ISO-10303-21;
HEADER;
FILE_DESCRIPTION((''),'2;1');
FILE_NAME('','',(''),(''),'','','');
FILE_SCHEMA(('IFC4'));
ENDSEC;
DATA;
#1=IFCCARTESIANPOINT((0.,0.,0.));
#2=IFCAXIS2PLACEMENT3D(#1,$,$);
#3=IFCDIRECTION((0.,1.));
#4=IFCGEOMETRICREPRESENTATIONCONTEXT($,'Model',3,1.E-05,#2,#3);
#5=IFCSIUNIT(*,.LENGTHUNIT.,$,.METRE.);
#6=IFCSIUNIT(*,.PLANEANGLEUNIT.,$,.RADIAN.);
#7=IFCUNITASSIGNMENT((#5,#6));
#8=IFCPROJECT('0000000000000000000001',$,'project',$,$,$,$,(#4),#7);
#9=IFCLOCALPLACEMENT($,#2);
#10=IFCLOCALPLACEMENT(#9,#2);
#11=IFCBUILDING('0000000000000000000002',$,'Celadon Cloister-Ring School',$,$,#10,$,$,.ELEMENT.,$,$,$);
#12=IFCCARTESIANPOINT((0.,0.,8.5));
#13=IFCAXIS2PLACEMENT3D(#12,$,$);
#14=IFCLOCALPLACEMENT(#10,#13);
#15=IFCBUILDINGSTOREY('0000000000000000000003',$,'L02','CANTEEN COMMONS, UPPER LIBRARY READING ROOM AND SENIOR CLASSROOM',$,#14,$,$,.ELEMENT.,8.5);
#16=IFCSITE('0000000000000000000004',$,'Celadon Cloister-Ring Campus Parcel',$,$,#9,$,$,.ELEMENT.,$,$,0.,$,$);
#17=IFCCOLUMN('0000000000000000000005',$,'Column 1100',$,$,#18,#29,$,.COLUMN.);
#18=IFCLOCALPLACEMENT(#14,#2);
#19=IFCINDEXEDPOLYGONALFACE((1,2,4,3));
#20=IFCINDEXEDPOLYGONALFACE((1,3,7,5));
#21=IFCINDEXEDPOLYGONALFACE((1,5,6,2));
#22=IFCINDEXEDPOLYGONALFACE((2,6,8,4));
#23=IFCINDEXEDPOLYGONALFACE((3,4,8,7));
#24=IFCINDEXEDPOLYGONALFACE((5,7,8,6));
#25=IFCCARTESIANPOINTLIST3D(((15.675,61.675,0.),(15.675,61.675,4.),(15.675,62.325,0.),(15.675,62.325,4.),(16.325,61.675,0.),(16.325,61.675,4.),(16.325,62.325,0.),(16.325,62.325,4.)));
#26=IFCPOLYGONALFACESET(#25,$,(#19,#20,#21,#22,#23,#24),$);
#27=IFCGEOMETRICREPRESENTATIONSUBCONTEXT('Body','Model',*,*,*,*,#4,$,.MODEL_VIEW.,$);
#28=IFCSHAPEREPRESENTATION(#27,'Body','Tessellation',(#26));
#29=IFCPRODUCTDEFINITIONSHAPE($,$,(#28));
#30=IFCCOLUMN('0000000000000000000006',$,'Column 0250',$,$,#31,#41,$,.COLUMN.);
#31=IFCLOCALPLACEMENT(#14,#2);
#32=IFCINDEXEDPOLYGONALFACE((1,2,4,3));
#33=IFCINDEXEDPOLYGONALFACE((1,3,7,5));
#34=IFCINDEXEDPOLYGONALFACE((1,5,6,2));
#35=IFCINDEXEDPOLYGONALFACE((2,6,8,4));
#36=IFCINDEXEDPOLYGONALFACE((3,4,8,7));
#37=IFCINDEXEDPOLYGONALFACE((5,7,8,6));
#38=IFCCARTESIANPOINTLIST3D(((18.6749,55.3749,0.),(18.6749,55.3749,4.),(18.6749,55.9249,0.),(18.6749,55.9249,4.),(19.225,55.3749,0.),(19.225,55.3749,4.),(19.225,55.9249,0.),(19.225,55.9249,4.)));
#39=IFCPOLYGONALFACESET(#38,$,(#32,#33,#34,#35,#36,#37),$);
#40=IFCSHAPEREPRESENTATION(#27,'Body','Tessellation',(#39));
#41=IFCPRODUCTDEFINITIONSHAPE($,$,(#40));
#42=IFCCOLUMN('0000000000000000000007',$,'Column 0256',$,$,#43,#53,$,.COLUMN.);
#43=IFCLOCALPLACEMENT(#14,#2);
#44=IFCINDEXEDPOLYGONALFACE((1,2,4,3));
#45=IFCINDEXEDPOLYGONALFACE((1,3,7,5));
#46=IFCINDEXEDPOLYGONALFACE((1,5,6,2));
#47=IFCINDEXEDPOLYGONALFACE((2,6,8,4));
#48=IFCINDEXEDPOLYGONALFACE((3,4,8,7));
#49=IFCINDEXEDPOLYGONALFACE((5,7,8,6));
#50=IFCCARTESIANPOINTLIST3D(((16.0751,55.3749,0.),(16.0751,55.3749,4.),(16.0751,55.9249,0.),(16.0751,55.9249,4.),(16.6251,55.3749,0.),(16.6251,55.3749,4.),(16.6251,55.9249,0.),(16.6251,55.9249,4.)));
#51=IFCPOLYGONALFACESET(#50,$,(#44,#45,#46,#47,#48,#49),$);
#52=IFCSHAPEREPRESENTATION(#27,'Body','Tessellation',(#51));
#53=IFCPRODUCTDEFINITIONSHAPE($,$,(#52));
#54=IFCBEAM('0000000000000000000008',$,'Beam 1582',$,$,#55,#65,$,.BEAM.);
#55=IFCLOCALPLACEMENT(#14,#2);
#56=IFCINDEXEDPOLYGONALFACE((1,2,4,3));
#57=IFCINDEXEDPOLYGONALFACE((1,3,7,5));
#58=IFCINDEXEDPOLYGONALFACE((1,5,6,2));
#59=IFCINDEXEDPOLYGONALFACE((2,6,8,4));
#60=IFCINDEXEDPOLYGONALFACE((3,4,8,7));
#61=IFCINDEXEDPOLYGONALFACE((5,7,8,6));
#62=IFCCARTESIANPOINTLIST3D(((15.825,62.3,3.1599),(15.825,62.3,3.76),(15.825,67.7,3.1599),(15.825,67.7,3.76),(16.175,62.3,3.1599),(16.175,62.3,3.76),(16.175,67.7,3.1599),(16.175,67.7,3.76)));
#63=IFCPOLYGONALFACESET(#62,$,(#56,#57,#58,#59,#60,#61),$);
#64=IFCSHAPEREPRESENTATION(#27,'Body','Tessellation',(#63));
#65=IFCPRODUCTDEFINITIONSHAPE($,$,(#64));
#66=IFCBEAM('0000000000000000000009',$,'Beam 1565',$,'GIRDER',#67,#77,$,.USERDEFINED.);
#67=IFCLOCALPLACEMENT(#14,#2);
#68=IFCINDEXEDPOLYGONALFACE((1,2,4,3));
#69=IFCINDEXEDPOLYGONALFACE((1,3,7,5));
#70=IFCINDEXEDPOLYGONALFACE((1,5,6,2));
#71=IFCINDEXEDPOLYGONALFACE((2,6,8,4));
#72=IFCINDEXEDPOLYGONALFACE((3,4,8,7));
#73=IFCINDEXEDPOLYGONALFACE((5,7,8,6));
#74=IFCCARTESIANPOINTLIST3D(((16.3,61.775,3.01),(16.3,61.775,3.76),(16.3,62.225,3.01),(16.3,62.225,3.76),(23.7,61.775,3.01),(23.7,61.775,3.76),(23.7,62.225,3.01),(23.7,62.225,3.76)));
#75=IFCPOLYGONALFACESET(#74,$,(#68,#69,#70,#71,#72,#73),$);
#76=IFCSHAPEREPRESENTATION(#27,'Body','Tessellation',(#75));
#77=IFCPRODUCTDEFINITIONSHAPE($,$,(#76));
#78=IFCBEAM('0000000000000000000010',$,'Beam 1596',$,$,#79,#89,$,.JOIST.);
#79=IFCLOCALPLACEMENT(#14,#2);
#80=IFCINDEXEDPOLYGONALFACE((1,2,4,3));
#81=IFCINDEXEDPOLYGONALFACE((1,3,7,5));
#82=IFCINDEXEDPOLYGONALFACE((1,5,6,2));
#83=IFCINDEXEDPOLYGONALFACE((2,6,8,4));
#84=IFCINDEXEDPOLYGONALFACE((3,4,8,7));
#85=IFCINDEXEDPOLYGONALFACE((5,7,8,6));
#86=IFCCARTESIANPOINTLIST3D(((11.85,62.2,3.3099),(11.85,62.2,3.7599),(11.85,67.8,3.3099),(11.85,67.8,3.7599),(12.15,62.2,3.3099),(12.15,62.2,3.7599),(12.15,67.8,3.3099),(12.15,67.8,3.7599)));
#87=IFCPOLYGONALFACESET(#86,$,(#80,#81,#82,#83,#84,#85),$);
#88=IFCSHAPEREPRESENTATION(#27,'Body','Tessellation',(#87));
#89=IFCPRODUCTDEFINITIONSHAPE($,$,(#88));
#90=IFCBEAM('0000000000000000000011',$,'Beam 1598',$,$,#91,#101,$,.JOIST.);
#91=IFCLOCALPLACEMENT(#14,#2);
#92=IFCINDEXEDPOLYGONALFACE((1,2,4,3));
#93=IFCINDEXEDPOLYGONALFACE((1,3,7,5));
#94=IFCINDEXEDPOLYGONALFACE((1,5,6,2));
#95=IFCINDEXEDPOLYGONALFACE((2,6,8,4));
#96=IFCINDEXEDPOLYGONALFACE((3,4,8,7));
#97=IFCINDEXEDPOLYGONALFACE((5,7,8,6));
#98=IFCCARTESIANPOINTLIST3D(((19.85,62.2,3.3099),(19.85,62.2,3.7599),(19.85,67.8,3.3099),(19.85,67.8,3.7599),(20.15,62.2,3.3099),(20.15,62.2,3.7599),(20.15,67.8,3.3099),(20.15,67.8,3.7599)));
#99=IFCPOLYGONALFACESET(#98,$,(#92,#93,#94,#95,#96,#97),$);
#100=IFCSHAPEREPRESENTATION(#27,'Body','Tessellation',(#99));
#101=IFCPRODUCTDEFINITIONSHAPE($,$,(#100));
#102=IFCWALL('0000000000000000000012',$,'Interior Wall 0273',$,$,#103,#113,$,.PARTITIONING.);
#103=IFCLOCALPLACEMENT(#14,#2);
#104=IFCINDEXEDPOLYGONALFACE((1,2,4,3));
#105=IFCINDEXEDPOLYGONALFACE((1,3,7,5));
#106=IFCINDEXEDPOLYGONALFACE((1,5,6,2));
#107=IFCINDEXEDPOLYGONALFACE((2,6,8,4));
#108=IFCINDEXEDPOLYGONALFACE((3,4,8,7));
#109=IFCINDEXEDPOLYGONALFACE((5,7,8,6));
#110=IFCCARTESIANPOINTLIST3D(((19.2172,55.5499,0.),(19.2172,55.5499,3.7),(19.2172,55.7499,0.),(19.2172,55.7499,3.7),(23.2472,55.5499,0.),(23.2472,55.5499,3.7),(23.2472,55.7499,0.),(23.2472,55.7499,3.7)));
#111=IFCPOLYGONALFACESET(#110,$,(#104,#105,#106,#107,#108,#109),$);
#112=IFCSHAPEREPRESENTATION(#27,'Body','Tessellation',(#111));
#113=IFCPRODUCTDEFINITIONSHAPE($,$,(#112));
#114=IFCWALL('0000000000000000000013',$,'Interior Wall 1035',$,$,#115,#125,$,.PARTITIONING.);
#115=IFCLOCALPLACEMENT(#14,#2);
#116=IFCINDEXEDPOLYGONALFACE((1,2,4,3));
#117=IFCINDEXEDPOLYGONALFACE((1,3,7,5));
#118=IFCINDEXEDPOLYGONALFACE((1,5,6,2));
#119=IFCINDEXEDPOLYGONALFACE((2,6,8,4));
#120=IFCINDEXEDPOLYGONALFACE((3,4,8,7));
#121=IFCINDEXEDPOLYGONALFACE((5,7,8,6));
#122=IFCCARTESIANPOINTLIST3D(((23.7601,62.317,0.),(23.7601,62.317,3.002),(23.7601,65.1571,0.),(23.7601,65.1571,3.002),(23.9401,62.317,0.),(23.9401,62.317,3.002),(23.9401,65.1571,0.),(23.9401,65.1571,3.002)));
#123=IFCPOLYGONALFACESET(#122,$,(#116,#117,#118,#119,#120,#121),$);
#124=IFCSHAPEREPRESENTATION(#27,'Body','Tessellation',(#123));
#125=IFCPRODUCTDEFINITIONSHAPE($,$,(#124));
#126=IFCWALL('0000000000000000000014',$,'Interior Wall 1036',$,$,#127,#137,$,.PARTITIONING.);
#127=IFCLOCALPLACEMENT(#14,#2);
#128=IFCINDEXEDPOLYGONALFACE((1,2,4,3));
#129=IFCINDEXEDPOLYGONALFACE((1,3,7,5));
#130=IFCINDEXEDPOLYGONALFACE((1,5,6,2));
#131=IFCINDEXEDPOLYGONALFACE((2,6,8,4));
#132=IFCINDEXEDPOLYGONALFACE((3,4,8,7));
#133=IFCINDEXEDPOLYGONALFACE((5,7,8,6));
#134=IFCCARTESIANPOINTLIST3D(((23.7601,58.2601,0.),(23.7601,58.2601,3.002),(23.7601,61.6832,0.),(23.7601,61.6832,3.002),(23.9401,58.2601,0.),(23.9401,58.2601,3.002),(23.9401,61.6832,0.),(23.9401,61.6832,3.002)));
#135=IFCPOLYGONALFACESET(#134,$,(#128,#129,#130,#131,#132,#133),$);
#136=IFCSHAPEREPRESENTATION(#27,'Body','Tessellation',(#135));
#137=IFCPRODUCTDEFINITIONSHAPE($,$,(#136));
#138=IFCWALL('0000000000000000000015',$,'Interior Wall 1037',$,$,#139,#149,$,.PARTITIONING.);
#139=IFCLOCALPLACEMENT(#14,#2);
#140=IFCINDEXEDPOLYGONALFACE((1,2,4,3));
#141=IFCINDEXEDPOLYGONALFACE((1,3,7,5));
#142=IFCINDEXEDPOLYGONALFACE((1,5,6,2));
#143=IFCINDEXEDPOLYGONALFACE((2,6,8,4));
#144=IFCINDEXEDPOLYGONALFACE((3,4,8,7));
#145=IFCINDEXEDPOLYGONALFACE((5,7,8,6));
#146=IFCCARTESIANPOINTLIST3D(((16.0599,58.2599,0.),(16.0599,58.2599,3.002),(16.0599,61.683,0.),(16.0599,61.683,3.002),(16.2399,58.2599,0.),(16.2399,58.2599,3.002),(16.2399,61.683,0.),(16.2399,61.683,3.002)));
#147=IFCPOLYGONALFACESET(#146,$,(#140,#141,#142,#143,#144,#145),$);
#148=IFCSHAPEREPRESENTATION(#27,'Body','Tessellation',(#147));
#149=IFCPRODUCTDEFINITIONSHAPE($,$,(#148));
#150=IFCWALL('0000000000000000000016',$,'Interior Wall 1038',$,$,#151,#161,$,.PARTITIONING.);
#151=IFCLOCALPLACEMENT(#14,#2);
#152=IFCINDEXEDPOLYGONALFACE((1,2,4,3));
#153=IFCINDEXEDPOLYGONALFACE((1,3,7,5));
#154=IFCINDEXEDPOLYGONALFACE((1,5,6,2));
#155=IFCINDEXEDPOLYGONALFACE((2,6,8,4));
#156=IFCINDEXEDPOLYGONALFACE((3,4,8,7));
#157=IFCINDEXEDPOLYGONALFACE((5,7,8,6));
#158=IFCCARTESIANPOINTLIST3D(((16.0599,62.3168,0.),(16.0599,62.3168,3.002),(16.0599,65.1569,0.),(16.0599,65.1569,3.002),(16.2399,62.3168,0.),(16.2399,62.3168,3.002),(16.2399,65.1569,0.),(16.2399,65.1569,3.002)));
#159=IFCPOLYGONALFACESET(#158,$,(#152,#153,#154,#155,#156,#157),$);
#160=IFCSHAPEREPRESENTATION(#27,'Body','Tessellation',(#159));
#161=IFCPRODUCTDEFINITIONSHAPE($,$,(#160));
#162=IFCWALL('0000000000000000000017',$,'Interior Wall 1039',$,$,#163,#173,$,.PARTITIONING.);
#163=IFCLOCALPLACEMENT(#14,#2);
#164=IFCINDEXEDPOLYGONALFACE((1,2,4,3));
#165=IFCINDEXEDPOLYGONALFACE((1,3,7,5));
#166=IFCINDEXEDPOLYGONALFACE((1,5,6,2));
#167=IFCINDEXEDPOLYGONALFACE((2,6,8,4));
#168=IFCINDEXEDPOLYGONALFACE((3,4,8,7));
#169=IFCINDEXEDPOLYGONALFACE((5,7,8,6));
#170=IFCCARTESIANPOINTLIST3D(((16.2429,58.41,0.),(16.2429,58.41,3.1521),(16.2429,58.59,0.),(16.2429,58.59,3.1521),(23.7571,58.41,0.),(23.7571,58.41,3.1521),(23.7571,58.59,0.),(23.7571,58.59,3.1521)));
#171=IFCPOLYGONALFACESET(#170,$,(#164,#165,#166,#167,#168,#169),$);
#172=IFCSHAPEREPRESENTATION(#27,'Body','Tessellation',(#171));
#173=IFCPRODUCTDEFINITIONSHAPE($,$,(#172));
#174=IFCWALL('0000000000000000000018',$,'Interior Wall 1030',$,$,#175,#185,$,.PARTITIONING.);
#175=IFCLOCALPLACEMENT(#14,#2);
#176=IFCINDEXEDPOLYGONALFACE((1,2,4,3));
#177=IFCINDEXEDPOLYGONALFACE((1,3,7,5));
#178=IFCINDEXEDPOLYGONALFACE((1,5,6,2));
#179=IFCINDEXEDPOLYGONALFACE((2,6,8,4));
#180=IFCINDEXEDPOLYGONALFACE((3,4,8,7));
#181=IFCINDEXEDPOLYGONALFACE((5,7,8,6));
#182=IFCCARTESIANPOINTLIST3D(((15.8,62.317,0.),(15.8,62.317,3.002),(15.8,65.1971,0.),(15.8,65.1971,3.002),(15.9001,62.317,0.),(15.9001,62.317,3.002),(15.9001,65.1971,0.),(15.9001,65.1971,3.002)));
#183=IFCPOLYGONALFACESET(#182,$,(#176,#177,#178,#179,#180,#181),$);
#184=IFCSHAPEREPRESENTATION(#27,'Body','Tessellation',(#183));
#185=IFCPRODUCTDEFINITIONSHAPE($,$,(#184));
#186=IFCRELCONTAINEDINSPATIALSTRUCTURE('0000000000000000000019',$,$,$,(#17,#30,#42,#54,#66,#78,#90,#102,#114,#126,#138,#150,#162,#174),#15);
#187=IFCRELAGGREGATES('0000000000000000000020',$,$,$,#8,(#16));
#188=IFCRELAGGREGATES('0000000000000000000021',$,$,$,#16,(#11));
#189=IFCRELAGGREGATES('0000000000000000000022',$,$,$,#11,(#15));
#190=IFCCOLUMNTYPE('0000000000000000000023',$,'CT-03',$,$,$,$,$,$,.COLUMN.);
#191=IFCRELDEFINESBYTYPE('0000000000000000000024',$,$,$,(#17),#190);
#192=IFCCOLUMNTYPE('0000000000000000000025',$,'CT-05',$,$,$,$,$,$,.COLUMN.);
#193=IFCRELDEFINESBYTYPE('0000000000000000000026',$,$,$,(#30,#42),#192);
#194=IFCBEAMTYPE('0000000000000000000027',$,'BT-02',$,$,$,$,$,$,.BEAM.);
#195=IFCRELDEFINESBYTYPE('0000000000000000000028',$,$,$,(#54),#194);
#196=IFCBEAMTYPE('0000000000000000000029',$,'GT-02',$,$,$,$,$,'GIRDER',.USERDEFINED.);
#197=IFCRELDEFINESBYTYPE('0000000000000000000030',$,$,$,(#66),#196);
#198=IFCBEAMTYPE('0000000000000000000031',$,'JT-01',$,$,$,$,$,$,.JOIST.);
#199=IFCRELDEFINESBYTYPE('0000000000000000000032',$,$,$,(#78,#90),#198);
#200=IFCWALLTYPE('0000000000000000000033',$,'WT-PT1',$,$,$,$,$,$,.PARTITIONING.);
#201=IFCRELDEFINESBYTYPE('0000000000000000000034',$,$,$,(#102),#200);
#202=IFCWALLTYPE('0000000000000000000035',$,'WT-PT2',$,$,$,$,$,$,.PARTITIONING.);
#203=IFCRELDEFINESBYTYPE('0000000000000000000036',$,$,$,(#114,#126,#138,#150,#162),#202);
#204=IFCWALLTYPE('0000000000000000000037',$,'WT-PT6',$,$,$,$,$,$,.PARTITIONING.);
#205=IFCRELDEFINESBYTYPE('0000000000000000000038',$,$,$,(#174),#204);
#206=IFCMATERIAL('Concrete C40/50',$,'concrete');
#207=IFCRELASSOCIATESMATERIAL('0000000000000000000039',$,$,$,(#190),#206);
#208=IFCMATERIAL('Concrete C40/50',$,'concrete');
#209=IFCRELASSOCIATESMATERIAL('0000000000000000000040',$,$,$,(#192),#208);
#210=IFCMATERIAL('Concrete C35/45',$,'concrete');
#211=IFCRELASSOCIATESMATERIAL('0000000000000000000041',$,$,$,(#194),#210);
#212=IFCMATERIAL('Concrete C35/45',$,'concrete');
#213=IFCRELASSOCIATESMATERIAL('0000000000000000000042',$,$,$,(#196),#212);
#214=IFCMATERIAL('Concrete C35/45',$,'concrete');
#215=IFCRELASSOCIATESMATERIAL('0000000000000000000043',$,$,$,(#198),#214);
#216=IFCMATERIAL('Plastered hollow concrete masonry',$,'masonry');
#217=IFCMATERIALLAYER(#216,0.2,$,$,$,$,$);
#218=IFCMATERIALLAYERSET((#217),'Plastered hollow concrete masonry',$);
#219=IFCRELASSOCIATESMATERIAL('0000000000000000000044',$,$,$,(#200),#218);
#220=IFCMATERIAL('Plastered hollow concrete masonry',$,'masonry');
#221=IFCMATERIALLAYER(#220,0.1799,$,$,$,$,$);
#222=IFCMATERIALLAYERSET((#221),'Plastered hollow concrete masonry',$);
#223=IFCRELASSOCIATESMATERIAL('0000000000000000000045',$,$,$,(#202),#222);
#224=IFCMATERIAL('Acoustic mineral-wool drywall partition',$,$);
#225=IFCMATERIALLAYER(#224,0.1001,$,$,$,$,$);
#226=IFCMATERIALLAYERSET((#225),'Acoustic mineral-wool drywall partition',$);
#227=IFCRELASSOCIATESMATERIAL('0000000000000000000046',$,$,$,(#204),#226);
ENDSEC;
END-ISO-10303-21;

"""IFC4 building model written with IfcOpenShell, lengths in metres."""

from ifc_helpers import new_model, si_unit, direction, frame, frame_2d, origin, origin_2d, place, context, subcontext, project, spatial, rectangle, extrude, material, layer, layer_set, material_profile, profile_set, type_object, element, save


model = new_model("IFC4")

# Units and contexts
model_context = context("Model", 3, precision=1e-05, world=origin(), true_north=direction((0.0, 1.0)))
body_context = subcontext(model_context, "Body", "Model", "MODEL_VIEW")
ifc_project = project(units=[si_unit("LENGTHUNIT", "METRE"), si_unit("PLANEANGLEUNIT", "RADIAN")], contexts=[model_context])

# Site, building, storey
site_placement = place(None, origin())
site = spatial("IfcSite", under=ifc_project, at=site_placement, Name="Celadon Cloister-Ring Campus Parcel", CompositionType="ELEMENT", RefElevation=0.0)
building_placement = place(site_placement, origin())
building = spatial("IfcBuilding", under=site, at=building_placement, Name="Celadon Cloister-Ring School", CompositionType="ELEMENT")
storey_placement = place(building_placement, frame((0.0, 0.0, 8.5)))
storey = spatial("IfcBuildingStorey", under=building, at=storey_placement, Name="L02", Description="CANTEEN COMMONS, UPPER LIBRARY READING ROOM AND SENIOR CLASSROOM", CompositionType="ELEMENT", Elevation=8.5)

# Columns
ifc_material_1 = material(Name="Concrete C40/50", Category="concrete")
ifc_material_profile_1 = material_profile(ifc_material_1, rectangle(XDim=0.6499, YDim=0.6499, at=origin_2d()), Name="RC650X650")
ifc_profile_set_1 = profile_set([ifc_material_profile_1], Name="Concrete C40/50")
column_type_1 = type_object("IfcColumnType", Name="CT-03", PredefinedType="COLUMN", material=ifc_profile_set_1)
column_placement = place(storey_placement, frame((16.0, 62.0, 0.0), z_axis=(0.0, 0.0, 1.0), x_axis=(1.0, 0.0, 0.0)))
element("IfcColumn", 1, at=column_placement, inside=storey, type_object=column_type_1, Name="Column 1100", PredefinedType="COLUMN", context=body_context, shape_type="SweptSolid", body=[
    extrude(rectangle(XDim=0.6499, YDim=0.6499, at=origin_2d()), origin(), (0.0, 0.0, 1.0), 4.0),
])
ifc_material_2 = material(Name="Concrete C40/50", Category="concrete")
ifc_material_profile_2 = material_profile(ifc_material_2, rectangle(XDim=0.55, YDim=0.55, at=origin_2d()), Name="RC550X550")
ifc_profile_set_2 = profile_set([ifc_material_profile_2], Name="Concrete C40/50")
column_type_2 = type_object("IfcColumnType", Name="CT-05", PredefinedType="COLUMN", material=ifc_profile_set_2)
for number, where, z_axis, x_axis, name in (
    (2, (18.95, 55.6499, 0.0), (0.0, 0.0, 1.0), (1.0, 0.0, 0.0), "Column 0250"),
    (3, (16.3501, 55.6499, 0.0), (0.0, 0.0, 1.0), (1.0, 0.0, 0.0), "Column 0256"),
):
    element("IfcColumn", number, at=place(storey_placement, frame(where, z_axis=z_axis, x_axis=x_axis)), inside=storey, type_object=column_type_2, Name=name, PredefinedType="COLUMN", context=body_context, shape_type="SweptSolid", body=[
        extrude(rectangle(XDim=0.55, YDim=0.55, at=origin_2d()), origin(), (0.0, 0.0, 1.0), 4.0),
    ])

# Beams
ifc_material_3 = material(Name="Concrete C35/45", Category="concrete")
ifc_material_profile_3 = material_profile(ifc_material_3, rectangle(XDim=0.3501, YDim=0.6001, at=origin_2d()), Name="RC350X600")
ifc_profile_set_3 = profile_set([ifc_material_profile_3], Name="Concrete C35/45")
beam_type_1 = type_object("IfcBeamType", Name="BT-02", PredefinedType="BEAM", material=ifc_profile_set_3)
beam_1_placement = place(storey_placement, frame((16.0, 62.3, 3.46), z_axis=(0.0, 1.0, 0.0), x_axis=(-1.0, 0.0, 0.0)))
element("IfcBeam", 4, at=beam_1_placement, inside=storey, type_object=beam_type_1, Name="Beam 1582", PredefinedType="BEAM", context=body_context, shape_type="SweptSolid", body=[
    extrude(rectangle(XDim=0.3501, YDim=0.6001, at=origin_2d()), origin(), (0.0, 0.0, 1.0), 5.3999),
])
ifc_material_4 = material(Name="Concrete C35/45", Category="concrete")
ifc_material_profile_4 = material_profile(ifc_material_4, rectangle(XDim=0.45, YDim=0.75, at=origin_2d()), Name="RC450X750")
ifc_profile_set_4 = profile_set([ifc_material_profile_4], Name="Concrete C35/45")
beam_type_2 = type_object("IfcBeamType", Name="GT-02", ElementType="GIRDER", PredefinedType="USERDEFINED", material=ifc_profile_set_4)
beam_2_placement = place(storey_placement, frame((16.3, 62.0, 3.385), z_axis=(1.0, 0.0, 0.0), x_axis=(0.0, 1.0, 0.0)))
element("IfcBeam", 5, at=beam_2_placement, inside=storey, type_object=beam_type_2, Name="Beam 1565", ObjectType="GIRDER", PredefinedType="USERDEFINED", context=body_context, shape_type="SweptSolid", body=[
    extrude(rectangle(XDim=0.45, YDim=0.75, at=origin_2d()), origin(), (0.0, 0.0, 1.0), 7.3999),
])
ifc_material_5 = material(Name="Concrete C35/45", Category="concrete")
ifc_material_profile_5 = material_profile(ifc_material_5, rectangle(XDim=0.3, YDim=0.45, at=origin_2d()), Name="RC300X450")
ifc_profile_set_5 = profile_set([ifc_material_profile_5], Name="Concrete C35/45")
beam_type_3 = type_object("IfcBeamType", Name="JT-01", PredefinedType="JOIST", material=ifc_profile_set_5)
for number, where, z_axis, x_axis, name in (
    (6, (12.0, 62.2, 3.5349), (0.0, 1.0, 0.0), (-1.0, 0.0, 0.0), "Beam 1596"),
    (7, (20.0, 62.2, 3.5349), (0.0, 1.0, 0.0), (-1.0, 0.0, 0.0), "Beam 1598"),
):
    element("IfcBeam", number, at=place(storey_placement, frame(where, z_axis=z_axis, x_axis=x_axis)), inside=storey, type_object=beam_type_3, Name=name, PredefinedType="JOIST", context=body_context, shape_type="SweptSolid", body=[
        extrude(rectangle(XDim=0.3, YDim=0.45, at=origin_2d()), origin(), (0.0, 0.0, 1.0), 5.6001),
    ])

# Walls
ifc_material_6 = material(Name="Plastered hollow concrete masonry", Category="masonry")
ifc_layer_1 = layer(ifc_material_6, 0.2)
ifc_layer_set_1 = layer_set([ifc_layer_1], Name="Plastered hollow concrete masonry")
wall_type_1 = type_object("IfcWallType", Name="WT-PT1", PredefinedType="PARTITIONING", material=ifc_layer_set_1)
wall_1_placement = place(storey_placement, frame((19.217, 55.6499, 0.0), z_axis=(0.0, 0.0, 1.0), x_axis=(1.0, 0.0, 0.0)))
element("IfcWall", 8, at=wall_1_placement, inside=storey, type_object=wall_type_1, Name="Interior Wall 0273", PredefinedType="PARTITIONING", context=body_context, shape_type="SweptSolid", body=[
    extrude(rectangle(XDim=4.03, YDim=0.2, at=frame_2d((2.0151, 0.0))), origin(), (0.0, 0.0, 1.0), 3.7),
])
ifc_material_7 = material(Name="Plastered hollow concrete masonry", Category="masonry")
ifc_layer_2 = layer(ifc_material_7, 0.1799)
ifc_layer_set_2 = layer_set([ifc_layer_2], Name="Plastered hollow concrete masonry")
wall_type_2 = type_object("IfcWallType", Name="WT-PT2", PredefinedType="PARTITIONING", material=ifc_layer_set_2)
wall_2_placement = place(storey_placement, frame((23.8501, 65.157, 0.0), z_axis=(0.0, 0.0, 1.0), x_axis=(0.0, -1.0, 0.0)))
element("IfcWall", 9, at=wall_2_placement, inside=storey, type_object=wall_type_2, Name="Interior Wall 1035", PredefinedType="PARTITIONING", context=body_context, shape_type="SweptSolid", body=[
    extrude(rectangle(XDim=2.8401, YDim=0.1799, at=frame_2d((1.4199, 0.0))), origin(), (0.0, 0.0, 1.0), 3.002),
])
for number, where, z_axis, x_axis, name in (
    (10, (23.8501, 61.6831, 0.0), (0.0, 0.0, 1.0), (0.0, -1.0, 0.0), "Interior Wall 1036"),
    (11, (16.1499, 58.26, 0.0), (0.0, 0.0, 1.0), (0.0, 1.0, 0.0), "Interior Wall 1037"),
):
    element("IfcWall", number, at=place(storey_placement, frame(where, z_axis=z_axis, x_axis=x_axis)), inside=storey, type_object=wall_type_2, Name=name, PredefinedType="PARTITIONING", context=body_context, shape_type="SweptSolid", body=[
        extrude(rectangle(XDim=3.4231, YDim=0.1799, at=frame_2d((1.7114, 0.0))), origin(), (0.0, 0.0, 1.0), 3.002),
    ])
wall_3_placement = place(storey_placement, frame((16.1499, 62.3169, 0.0), z_axis=(0.0, 0.0, 1.0), x_axis=(0.0, 1.0, 0.0)))
element("IfcWall", 12, at=wall_3_placement, inside=storey, type_object=wall_type_2, Name="Interior Wall 1038", PredefinedType="PARTITIONING", context=body_context, shape_type="SweptSolid", body=[
    extrude(rectangle(XDim=2.8401, YDim=0.1799, at=frame_2d((1.4199, 0.0))), origin(), (0.0, 0.0, 1.0), 3.002),
])
wall_4_placement = place(storey_placement, frame((23.7571, 58.5, 0.0), z_axis=(0.0, 0.0, 1.0), x_axis=(-1.0, 0.0, 0.0)))
element("IfcWall", 13, at=wall_4_placement, inside=storey, type_object=wall_type_2, Name="Interior Wall 1039", PredefinedType="PARTITIONING", context=body_context, shape_type="SweptSolid", body=[
    extrude(rectangle(XDim=7.5142, YDim=0.1799, at=frame_2d((3.7571, 0.0))), origin(), (0.0, 0.0, 1.0), 3.1521),
])
ifc_material_8 = material(Name="Acoustic mineral-wool drywall partition")
ifc_layer_3 = layer(ifc_material_8, 0.1001)
ifc_layer_set_3 = layer_set([ifc_layer_3], Name="Acoustic mineral-wool drywall partition")
wall_type_3 = type_object("IfcWallType", Name="WT-PT6", PredefinedType="PARTITIONING", material=ifc_layer_set_3)
wall_5_placement = place(storey_placement, frame((15.8501, 65.197, 0.0), z_axis=(0.0, 0.0, 1.0), x_axis=(0.0, -1.0, 0.0)))
element("IfcWall", 14, at=wall_5_placement, inside=storey, type_object=wall_type_3, Name="Interior Wall 1030", PredefinedType="PARTITIONING", context=body_context, shape_type="SweptSolid", body=[
    extrude(rectangle(XDim=2.8801, YDim=0.1001, at=frame_2d((1.4399, 0.0))), origin(), (0.0, 0.0, 1.0), 3.002),
])

save(model, "model.ifc")
